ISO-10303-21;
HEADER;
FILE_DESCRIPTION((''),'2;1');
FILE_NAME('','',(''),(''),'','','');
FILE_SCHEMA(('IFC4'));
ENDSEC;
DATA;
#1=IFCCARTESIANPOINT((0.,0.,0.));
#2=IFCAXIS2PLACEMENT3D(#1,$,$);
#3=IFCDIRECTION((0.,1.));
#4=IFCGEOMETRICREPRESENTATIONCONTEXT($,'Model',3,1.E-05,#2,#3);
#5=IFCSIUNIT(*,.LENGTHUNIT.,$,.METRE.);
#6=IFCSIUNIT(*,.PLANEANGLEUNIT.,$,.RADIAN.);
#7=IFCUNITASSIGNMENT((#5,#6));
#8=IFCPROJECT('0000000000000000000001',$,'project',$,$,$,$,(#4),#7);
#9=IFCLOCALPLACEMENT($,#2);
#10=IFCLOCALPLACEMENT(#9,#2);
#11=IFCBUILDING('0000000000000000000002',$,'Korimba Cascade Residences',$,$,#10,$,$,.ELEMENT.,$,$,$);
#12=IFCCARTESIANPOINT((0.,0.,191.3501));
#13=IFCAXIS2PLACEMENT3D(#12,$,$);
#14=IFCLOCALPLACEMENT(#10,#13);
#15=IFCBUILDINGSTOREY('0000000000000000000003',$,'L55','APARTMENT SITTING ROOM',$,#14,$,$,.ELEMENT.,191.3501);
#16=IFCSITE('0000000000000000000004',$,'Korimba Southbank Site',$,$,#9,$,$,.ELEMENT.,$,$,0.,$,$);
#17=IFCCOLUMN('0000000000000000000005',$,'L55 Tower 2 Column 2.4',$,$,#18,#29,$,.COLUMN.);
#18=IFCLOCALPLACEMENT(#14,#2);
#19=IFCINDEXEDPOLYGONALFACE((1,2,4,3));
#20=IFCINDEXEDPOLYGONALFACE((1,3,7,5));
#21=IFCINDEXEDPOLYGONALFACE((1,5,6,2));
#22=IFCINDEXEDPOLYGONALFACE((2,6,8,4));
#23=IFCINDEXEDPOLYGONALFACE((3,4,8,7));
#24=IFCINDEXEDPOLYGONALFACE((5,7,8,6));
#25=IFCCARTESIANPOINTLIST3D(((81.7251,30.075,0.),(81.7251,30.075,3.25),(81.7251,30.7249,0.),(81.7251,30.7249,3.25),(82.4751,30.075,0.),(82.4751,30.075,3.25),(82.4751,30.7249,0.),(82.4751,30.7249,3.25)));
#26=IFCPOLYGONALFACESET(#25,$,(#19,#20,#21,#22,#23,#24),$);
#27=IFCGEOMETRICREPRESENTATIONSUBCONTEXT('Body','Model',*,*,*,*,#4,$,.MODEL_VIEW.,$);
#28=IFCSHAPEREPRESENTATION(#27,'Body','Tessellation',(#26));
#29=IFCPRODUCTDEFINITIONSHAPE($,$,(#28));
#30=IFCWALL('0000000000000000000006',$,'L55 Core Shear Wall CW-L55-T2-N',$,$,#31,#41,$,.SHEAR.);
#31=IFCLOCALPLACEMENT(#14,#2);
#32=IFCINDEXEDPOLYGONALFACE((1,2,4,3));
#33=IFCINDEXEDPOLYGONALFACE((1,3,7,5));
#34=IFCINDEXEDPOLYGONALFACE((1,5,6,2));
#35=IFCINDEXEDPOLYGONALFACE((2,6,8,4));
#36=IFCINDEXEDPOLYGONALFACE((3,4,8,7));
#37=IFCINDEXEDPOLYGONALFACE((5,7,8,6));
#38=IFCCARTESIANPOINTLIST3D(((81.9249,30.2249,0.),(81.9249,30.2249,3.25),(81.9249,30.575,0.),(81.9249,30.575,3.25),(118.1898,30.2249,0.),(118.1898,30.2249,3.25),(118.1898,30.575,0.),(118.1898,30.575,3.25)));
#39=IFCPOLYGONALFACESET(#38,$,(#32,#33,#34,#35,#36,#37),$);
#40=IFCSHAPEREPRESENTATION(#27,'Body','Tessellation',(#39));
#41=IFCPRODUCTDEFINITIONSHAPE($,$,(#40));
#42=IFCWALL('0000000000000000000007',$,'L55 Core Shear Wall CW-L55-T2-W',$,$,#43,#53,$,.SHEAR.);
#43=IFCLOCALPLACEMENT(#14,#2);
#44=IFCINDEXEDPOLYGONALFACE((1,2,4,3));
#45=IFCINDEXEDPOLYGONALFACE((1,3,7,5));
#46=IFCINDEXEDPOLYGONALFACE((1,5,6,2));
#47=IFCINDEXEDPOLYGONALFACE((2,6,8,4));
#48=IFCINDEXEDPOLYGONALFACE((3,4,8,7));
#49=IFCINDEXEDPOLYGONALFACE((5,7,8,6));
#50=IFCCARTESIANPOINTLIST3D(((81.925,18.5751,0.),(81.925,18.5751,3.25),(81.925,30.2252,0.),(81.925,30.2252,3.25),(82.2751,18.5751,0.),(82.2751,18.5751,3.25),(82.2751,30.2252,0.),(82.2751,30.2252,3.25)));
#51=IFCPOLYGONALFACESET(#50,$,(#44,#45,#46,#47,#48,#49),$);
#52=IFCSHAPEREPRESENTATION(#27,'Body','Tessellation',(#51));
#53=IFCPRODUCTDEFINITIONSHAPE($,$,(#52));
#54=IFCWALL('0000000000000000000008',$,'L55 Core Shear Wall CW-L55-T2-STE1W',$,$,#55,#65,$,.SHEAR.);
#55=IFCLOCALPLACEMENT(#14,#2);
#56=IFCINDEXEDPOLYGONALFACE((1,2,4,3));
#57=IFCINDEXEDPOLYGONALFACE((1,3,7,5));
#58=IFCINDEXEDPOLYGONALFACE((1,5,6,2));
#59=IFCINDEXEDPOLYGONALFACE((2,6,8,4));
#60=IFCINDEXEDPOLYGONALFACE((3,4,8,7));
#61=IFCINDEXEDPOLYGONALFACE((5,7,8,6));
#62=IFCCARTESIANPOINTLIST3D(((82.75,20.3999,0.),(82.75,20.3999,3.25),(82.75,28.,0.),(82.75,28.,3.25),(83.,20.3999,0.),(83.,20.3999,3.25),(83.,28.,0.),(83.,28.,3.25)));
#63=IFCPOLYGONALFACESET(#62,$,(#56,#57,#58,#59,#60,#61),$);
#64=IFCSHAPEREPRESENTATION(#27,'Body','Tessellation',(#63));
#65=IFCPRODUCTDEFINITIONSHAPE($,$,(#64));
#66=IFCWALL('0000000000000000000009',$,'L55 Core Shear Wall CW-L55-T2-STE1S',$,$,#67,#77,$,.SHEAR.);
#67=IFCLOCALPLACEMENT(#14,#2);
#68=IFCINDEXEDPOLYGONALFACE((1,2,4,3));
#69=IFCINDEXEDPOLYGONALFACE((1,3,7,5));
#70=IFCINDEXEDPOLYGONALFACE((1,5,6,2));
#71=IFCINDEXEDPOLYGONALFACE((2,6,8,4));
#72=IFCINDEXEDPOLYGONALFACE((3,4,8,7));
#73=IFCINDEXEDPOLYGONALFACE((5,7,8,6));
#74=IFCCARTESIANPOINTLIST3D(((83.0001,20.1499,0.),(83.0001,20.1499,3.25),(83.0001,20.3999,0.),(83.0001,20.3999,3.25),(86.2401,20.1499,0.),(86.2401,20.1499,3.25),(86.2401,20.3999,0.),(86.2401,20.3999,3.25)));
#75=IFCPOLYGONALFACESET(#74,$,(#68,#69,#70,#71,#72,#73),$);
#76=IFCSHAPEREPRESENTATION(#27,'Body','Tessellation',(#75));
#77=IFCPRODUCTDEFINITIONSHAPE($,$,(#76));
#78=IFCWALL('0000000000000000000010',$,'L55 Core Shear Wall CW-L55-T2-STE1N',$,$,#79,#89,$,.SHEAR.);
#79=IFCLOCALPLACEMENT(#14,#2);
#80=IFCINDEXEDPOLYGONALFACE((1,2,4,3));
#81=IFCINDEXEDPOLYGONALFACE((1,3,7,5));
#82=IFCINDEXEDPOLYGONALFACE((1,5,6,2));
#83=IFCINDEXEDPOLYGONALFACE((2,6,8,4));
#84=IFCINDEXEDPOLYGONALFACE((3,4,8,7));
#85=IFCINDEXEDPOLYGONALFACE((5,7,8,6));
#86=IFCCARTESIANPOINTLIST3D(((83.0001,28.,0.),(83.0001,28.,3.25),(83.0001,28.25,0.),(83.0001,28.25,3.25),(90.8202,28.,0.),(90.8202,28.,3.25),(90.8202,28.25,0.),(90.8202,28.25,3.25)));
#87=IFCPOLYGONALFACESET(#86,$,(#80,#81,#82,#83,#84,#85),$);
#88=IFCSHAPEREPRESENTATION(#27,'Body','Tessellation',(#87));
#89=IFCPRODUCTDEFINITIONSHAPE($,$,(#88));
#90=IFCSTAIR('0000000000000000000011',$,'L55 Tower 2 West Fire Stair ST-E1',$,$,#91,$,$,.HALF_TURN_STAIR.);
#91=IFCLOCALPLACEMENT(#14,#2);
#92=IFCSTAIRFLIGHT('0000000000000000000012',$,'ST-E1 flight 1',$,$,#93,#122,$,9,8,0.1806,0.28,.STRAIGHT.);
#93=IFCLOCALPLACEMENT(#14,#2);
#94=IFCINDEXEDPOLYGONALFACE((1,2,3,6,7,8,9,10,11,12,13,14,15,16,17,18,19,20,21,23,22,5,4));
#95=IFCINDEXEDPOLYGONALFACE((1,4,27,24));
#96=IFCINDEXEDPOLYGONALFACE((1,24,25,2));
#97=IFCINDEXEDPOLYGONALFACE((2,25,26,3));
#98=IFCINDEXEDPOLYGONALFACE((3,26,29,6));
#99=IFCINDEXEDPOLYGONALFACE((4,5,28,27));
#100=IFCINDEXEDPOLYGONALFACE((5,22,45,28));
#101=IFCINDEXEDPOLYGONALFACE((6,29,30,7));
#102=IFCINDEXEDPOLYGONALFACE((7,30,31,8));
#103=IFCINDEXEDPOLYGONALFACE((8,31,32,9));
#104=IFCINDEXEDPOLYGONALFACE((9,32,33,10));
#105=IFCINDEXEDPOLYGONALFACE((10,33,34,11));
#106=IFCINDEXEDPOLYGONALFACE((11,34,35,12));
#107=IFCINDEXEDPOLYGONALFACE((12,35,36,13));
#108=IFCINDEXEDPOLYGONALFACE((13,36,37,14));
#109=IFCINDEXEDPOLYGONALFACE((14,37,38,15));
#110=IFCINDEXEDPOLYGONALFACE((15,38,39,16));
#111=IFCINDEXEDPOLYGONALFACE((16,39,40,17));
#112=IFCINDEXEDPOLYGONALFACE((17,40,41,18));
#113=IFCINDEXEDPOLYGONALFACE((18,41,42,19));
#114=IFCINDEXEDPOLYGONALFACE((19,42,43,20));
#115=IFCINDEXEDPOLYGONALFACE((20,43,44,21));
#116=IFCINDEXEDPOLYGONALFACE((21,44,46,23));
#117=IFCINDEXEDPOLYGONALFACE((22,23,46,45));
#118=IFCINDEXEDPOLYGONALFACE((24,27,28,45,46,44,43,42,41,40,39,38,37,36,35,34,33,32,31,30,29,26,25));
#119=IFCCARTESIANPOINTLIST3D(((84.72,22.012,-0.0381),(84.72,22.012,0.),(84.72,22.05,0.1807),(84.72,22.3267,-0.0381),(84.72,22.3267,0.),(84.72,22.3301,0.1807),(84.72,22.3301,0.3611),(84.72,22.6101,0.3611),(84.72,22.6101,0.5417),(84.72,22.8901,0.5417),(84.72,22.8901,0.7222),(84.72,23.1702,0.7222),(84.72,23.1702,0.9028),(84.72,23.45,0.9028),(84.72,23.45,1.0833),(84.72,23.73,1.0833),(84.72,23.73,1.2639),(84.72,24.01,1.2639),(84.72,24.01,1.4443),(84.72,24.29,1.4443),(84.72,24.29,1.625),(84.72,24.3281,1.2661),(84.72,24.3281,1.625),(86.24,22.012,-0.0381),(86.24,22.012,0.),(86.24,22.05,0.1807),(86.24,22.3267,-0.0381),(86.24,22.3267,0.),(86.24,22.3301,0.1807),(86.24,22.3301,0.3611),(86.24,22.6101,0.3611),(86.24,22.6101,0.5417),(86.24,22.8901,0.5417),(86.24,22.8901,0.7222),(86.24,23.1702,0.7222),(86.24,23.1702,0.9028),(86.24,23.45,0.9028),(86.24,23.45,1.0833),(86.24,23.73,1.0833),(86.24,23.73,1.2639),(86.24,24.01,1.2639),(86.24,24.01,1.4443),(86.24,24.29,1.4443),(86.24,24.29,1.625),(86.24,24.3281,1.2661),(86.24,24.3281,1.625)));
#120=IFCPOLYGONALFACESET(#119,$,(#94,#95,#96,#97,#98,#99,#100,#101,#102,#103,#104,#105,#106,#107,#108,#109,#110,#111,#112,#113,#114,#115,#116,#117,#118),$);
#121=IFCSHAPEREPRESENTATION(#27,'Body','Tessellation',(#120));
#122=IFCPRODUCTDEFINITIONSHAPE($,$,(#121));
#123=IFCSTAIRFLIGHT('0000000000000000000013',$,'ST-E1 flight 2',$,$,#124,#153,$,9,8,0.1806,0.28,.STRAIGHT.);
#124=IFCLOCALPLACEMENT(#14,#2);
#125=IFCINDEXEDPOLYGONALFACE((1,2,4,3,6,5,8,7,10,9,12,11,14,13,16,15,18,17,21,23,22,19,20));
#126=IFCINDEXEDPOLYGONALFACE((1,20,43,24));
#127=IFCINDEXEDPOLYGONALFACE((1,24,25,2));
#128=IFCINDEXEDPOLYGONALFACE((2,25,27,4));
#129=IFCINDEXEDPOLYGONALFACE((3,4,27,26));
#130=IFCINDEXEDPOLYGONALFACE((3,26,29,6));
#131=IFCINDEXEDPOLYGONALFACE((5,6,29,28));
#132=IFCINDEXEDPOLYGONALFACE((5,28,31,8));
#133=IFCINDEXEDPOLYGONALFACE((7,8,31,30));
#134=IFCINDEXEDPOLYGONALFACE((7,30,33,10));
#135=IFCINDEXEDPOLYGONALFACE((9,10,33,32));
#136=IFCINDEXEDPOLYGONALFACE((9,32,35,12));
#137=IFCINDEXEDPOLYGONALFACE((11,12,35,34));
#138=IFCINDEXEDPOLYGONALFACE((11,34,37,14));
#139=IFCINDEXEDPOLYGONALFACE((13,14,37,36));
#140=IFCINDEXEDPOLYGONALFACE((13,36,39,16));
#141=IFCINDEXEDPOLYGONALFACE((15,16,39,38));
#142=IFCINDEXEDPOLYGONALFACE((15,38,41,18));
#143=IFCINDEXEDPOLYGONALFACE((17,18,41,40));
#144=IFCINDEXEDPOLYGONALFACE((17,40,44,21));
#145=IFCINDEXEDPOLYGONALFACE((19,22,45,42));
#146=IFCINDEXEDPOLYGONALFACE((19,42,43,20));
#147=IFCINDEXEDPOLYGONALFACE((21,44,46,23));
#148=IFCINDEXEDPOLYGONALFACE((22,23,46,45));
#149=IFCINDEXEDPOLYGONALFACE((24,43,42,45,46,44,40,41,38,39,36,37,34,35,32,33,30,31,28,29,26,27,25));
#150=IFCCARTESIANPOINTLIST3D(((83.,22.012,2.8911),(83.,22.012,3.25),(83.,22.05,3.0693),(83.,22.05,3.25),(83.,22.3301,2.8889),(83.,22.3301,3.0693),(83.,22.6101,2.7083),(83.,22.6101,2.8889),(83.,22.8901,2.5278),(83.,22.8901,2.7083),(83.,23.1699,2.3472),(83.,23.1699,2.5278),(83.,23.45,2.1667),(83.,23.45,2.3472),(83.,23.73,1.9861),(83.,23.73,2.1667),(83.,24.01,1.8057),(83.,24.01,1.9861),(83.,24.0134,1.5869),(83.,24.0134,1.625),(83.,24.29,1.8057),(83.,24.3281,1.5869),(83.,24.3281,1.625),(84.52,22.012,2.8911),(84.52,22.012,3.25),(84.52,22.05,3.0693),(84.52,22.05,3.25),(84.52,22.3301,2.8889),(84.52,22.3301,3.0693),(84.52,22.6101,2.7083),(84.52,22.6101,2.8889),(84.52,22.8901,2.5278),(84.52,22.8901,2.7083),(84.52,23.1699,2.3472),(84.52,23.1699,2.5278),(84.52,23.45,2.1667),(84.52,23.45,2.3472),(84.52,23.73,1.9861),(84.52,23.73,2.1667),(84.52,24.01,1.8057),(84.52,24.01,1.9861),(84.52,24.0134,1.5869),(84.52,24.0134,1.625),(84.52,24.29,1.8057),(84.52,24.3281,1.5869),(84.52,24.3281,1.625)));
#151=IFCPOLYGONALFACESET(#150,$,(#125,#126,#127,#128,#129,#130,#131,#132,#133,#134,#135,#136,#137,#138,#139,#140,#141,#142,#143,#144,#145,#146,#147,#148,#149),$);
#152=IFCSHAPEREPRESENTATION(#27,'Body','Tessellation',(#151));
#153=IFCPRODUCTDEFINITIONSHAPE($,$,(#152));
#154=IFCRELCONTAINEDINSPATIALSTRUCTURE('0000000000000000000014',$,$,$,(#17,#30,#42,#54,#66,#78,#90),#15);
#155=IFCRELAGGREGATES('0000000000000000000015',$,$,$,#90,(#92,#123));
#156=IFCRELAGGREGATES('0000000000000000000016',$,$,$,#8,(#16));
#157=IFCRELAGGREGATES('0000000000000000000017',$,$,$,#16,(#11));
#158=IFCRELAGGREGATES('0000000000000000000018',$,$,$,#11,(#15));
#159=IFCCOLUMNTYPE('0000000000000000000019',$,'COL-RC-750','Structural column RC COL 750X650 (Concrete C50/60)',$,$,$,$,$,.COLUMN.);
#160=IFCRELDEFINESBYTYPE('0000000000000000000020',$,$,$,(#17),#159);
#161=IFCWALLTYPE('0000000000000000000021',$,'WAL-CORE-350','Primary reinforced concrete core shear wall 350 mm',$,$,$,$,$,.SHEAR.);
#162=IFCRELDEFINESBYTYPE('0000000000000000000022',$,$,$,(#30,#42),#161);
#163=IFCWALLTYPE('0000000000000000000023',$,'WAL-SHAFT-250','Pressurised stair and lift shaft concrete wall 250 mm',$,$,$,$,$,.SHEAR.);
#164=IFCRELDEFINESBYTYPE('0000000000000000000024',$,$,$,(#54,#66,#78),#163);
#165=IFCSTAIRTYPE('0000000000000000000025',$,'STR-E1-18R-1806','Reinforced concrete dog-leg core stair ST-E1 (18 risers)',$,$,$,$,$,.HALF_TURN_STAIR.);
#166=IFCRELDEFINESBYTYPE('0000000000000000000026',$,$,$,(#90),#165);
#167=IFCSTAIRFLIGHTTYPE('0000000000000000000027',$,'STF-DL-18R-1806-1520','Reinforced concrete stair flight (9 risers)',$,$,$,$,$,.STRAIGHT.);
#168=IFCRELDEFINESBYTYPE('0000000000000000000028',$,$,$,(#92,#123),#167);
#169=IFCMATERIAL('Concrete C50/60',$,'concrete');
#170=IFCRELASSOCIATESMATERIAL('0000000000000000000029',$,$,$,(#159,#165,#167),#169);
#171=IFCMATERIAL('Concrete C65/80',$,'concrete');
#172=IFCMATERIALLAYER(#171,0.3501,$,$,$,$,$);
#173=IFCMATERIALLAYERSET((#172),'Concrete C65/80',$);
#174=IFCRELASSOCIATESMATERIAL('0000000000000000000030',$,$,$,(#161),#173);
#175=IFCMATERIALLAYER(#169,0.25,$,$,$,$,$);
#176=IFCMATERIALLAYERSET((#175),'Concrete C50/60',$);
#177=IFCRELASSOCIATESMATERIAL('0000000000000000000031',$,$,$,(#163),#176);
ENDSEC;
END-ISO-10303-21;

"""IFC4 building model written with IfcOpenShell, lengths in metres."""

from ifc_helpers import new_model, si_unit, direction, frame, frame_2d, origin, origin_2d, place, context, subcontext, project, spatial, polyline, rectangle, outline, extrude, material, layer, layer_set, material_profile, profile_set, type_object, element, aggregate, save


model = new_model("IFC4")

# Units and contexts
model_context = context("Model", 3, precision=1e-05, world=origin(), true_north=direction((0.0, 1.0)))
body_context = subcontext(model_context, "Body", "Model", "MODEL_VIEW")
ifc_project = project(units=[si_unit("LENGTHUNIT", "METRE"), si_unit("PLANEANGLEUNIT", "RADIAN")], contexts=[model_context])

# Site, building, storey
site_placement = place(None, origin())
site = spatial("IfcSite", under=ifc_project, at=site_placement, Name="Korimba Southbank Site", CompositionType="ELEMENT", RefElevation=0.0)
building_placement = place(site_placement, origin())
building = spatial("IfcBuilding", under=site, at=building_placement, Name="Korimba Cascade Residences", CompositionType="ELEMENT")
storey_placement = place(building_placement, frame((0.0, 0.0, 191.3501)))
storey = spatial("IfcBuildingStorey", under=building, at=storey_placement, Name="L55", Description="APARTMENT SITTING ROOM", CompositionType="ELEMENT", Elevation=191.3501)

# Column
ifc_material_1 = material(Name="Concrete C50/60", Category="concrete")
ifc_material_profile = material_profile(ifc_material_1, rectangle(XDim=0.75, YDim=0.6499, at=origin_2d()), Name="Concrete C50/60")
ifc_profile_set = profile_set([ifc_material_profile], Name="Concrete C50/60")
column_type = type_object("IfcColumnType", Name="COL-RC-750", Description="Structural column RC COL 750X650 (Concrete C50/60)", PredefinedType="COLUMN", material=ifc_profile_set)
column_placement = place(storey_placement, frame((82.1001, 30.3999, 0.0), z_axis=(0.0, 0.0, 1.0), x_axis=(1.0, 0.0, 0.0)))
element("IfcColumn", 1, at=column_placement, inside=storey, type_object=column_type, Name="L55 Tower 2 Column 2.4", PredefinedType="COLUMN", context=body_context, shape_type="SweptSolid", body=[
    extrude(rectangle(XDim=0.75, YDim=0.6499, at=origin_2d()), origin(), (0.0, 0.0, 1.0), 3.25),
])

# Walls
ifc_material_2 = material(Name="Concrete C65/80", Category="concrete")
ifc_layer_1 = layer(ifc_material_2, 0.3501)
ifc_layer_set_1 = layer_set([ifc_layer_1], Name="Concrete C65/80")
wall_type_1 = type_object("IfcWallType", Name="WAL-CORE-350", Description="Primary reinforced concrete core shear wall 350 mm", PredefinedType="SHEAR", material=ifc_layer_set_1)
wall_1_placement = place(storey_placement, frame((81.925, 30.3999, 0.0), z_axis=(0.0, 0.0, 1.0), x_axis=(1.0, 0.0, 0.0)))
element("IfcWall", 2, at=wall_1_placement, inside=storey, type_object=wall_type_1, Name="L55 Core Shear Wall CW-L55-T2-N", PredefinedType="SHEAR", context=body_context, shape_type="SweptSolid", body=[
    extrude(rectangle(XDim=36.2649, YDim=0.3501, at=frame_2d((18.1323, 0.0))), origin(), (0.0, 0.0, 1.0), 3.25),
])
wall_2_placement = place(storey_placement, frame((82.1001, 18.575, 0.0), z_axis=(0.0, 0.0, 1.0), x_axis=(0.0, 1.0, 0.0)))
element("IfcWall", 3, at=wall_2_placement, inside=storey, type_object=wall_type_1, Name="L55 Core Shear Wall CW-L55-T2-W", PredefinedType="SHEAR", context=body_context, shape_type="SweptSolid", body=[
    extrude(rectangle(XDim=11.6501, YDim=0.3501, at=frame_2d((5.8252, 0.0))), origin(), (0.0, 0.0, 1.0), 3.25),
])
ifc_layer_2 = layer(ifc_material_1, 0.25)
ifc_layer_set_2 = layer_set([ifc_layer_2], Name="Concrete C50/60")
wall_type_2 = type_object("IfcWallType", Name="WAL-SHAFT-250", Description="Pressurised stair and lift shaft concrete wall 250 mm", PredefinedType="SHEAR", material=ifc_layer_set_2)
wall_3_placement = place(storey_placement, frame((82.875, 20.3999, 0.0), z_axis=(0.0, 0.0, 1.0), x_axis=(0.0, 1.0, 0.0)))
element("IfcWall", 4, at=wall_3_placement, inside=storey, type_object=wall_type_2, Name="L55 Core Shear Wall CW-L55-T2-STE1W", PredefinedType="SHEAR", context=body_context, shape_type="SweptSolid", body=[
    extrude(rectangle(XDim=7.6001, YDim=0.25, at=frame_2d((3.8, 0.0))), origin(), (0.0, 0.0, 1.0), 3.25),
])
wall_4_placement = place(storey_placement, frame((83.0, 20.2749, 0.0), z_axis=(0.0, 0.0, 1.0), x_axis=(1.0, 0.0, 0.0)))
element("IfcWall", 5, at=wall_4_placement, inside=storey, type_object=wall_type_2, Name="L55 Core Shear Wall CW-L55-T2-STE1S", PredefinedType="SHEAR", context=body_context, shape_type="SweptSolid", body=[
    extrude(rectangle(XDim=3.24, YDim=0.25, at=frame_2d((1.6201, 0.0))), origin(), (0.0, 0.0, 1.0), 3.25),
])
wall_5_placement = place(storey_placement, frame((83.0, 28.125, 0.0), z_axis=(0.0, 0.0, 1.0), x_axis=(1.0, 0.0, 0.0)))
element("IfcWall", 6, at=wall_5_placement, inside=storey, type_object=wall_type_2, Name="L55 Core Shear Wall CW-L55-T2-STE1N", PredefinedType="SHEAR", context=body_context, shape_type="SweptSolid", body=[
    extrude(rectangle(XDim=7.8201, YDim=0.25, at=frame_2d((3.9102, 0.0))), origin(), (0.0, 0.0, 1.0), 3.25),
])

# Stair, stair flights
stair_type = type_object("IfcStairType", Name="STR-E1-18R-1806", Description="Reinforced concrete dog-leg core stair ST-E1 (18 risers)", PredefinedType="HALF_TURN_STAIR", material=ifc_material_1)
stair_placement = place(storey_placement, origin())
stair = element("IfcStair", 7, at=stair_placement, inside=storey, type_object=stair_type, Name="L55 Tower 2 West Fire Stair ST-E1", PredefinedType="HALF_TURN_STAIR")
stair_flight_type = type_object("IfcStairFlightType", Name="STF-DL-18R-1806-1520", Description="Reinforced concrete stair flight (9 risers)", PredefinedType="STRAIGHT", material=ifc_material_1)
stair_flight_1_placement = place(storey_placement, frame((85.48, 22.05, 0.0), z_axis=(0.0, 0.0, 1.0), x_axis=(0.0, 1.0, 0.0)))
stair_flight_1 = element("IfcStairFlight", 8, at=stair_flight_1_placement, type_object=stair_flight_type, Name="ST-E1 flight 1", NumberOfRisers=9, NumberOfTreads=8, PredefinedType="STRAIGHT", RiserHeight=0.1806, TreadLength=0.28, context=body_context, shape_type="SweptSolid", body=[
    extrude(outline(polyline([(-0.0381, 0.0), (0.0, 0.1807), (0.28, 0.1807), (0.28, 0.3611), (0.5601, 0.3611), (0.5601, 0.5417), (0.8401, 0.5417), (0.8401, 0.7222), (1.1201, 0.7222), (1.1201, 0.9028), (1.3999, 0.9028), (1.3999, 1.0833), (1.6799, 1.0833), (1.6799, 1.2639), (1.96, 1.2639), (1.96, 1.4443), (2.24, 1.4443), (2.24, 1.625), (2.2781, 1.625), (2.2781, 1.2661), (0.2766, 0.0), (0.2766, -0.0381), (-0.0381, -0.0381), (-0.0381, 0.0)])), frame((0.0, 0.76, 0.0), z_axis=(0.0, -1.0, 0.0), x_axis=(1.0, 0.0, 0.0)), (0.0, 0.0, 1.0), 1.52),
])
stair_flight_2_placement = place(storey_placement, frame((83.76, 24.29, 1.625), z_axis=(0.0, 0.0, 1.0), x_axis=(0.0, -1.0, 0.0)))
stair_flight_2 = element("IfcStairFlight", 9, at=stair_flight_2_placement, type_object=stair_flight_type, Name="ST-E1 flight 2", NumberOfRisers=9, NumberOfTreads=8, PredefinedType="STRAIGHT", RiserHeight=0.1806, TreadLength=0.28, context=body_context, shape_type="SweptSolid", body=[
    extrude(outline(polyline([(-0.0381, 0.0), (0.0, 0.1807), (0.28, 0.1807), (0.28, 0.3611), (0.5601, 0.3611), (0.5601, 0.5417), (0.8401, 0.5417), (0.8401, 0.7222), (1.1201, 0.7222), (1.1201, 0.9028), (1.3999, 0.9028), (1.3999, 1.0833), (1.6799, 1.0833), (1.6799, 1.2639), (1.96, 1.2639), (1.96, 1.4443), (2.24, 1.4443), (2.24, 1.625), (2.2781, 1.625), (2.2781, 1.2661), (0.2766, 0.0), (0.2766, -0.0381), (-0.0381, -0.0381), (-0.0381, 0.0)])), frame((0.0, 0.76, 0.0), z_axis=(0.0, -1.0, 0.0), x_axis=(1.0, 0.0, 0.0)), (0.0, 0.0, 1.0), 1.52),
])
aggregate(stair, [stair_flight_1, stair_flight_2])

save(model, "model.ifc")
